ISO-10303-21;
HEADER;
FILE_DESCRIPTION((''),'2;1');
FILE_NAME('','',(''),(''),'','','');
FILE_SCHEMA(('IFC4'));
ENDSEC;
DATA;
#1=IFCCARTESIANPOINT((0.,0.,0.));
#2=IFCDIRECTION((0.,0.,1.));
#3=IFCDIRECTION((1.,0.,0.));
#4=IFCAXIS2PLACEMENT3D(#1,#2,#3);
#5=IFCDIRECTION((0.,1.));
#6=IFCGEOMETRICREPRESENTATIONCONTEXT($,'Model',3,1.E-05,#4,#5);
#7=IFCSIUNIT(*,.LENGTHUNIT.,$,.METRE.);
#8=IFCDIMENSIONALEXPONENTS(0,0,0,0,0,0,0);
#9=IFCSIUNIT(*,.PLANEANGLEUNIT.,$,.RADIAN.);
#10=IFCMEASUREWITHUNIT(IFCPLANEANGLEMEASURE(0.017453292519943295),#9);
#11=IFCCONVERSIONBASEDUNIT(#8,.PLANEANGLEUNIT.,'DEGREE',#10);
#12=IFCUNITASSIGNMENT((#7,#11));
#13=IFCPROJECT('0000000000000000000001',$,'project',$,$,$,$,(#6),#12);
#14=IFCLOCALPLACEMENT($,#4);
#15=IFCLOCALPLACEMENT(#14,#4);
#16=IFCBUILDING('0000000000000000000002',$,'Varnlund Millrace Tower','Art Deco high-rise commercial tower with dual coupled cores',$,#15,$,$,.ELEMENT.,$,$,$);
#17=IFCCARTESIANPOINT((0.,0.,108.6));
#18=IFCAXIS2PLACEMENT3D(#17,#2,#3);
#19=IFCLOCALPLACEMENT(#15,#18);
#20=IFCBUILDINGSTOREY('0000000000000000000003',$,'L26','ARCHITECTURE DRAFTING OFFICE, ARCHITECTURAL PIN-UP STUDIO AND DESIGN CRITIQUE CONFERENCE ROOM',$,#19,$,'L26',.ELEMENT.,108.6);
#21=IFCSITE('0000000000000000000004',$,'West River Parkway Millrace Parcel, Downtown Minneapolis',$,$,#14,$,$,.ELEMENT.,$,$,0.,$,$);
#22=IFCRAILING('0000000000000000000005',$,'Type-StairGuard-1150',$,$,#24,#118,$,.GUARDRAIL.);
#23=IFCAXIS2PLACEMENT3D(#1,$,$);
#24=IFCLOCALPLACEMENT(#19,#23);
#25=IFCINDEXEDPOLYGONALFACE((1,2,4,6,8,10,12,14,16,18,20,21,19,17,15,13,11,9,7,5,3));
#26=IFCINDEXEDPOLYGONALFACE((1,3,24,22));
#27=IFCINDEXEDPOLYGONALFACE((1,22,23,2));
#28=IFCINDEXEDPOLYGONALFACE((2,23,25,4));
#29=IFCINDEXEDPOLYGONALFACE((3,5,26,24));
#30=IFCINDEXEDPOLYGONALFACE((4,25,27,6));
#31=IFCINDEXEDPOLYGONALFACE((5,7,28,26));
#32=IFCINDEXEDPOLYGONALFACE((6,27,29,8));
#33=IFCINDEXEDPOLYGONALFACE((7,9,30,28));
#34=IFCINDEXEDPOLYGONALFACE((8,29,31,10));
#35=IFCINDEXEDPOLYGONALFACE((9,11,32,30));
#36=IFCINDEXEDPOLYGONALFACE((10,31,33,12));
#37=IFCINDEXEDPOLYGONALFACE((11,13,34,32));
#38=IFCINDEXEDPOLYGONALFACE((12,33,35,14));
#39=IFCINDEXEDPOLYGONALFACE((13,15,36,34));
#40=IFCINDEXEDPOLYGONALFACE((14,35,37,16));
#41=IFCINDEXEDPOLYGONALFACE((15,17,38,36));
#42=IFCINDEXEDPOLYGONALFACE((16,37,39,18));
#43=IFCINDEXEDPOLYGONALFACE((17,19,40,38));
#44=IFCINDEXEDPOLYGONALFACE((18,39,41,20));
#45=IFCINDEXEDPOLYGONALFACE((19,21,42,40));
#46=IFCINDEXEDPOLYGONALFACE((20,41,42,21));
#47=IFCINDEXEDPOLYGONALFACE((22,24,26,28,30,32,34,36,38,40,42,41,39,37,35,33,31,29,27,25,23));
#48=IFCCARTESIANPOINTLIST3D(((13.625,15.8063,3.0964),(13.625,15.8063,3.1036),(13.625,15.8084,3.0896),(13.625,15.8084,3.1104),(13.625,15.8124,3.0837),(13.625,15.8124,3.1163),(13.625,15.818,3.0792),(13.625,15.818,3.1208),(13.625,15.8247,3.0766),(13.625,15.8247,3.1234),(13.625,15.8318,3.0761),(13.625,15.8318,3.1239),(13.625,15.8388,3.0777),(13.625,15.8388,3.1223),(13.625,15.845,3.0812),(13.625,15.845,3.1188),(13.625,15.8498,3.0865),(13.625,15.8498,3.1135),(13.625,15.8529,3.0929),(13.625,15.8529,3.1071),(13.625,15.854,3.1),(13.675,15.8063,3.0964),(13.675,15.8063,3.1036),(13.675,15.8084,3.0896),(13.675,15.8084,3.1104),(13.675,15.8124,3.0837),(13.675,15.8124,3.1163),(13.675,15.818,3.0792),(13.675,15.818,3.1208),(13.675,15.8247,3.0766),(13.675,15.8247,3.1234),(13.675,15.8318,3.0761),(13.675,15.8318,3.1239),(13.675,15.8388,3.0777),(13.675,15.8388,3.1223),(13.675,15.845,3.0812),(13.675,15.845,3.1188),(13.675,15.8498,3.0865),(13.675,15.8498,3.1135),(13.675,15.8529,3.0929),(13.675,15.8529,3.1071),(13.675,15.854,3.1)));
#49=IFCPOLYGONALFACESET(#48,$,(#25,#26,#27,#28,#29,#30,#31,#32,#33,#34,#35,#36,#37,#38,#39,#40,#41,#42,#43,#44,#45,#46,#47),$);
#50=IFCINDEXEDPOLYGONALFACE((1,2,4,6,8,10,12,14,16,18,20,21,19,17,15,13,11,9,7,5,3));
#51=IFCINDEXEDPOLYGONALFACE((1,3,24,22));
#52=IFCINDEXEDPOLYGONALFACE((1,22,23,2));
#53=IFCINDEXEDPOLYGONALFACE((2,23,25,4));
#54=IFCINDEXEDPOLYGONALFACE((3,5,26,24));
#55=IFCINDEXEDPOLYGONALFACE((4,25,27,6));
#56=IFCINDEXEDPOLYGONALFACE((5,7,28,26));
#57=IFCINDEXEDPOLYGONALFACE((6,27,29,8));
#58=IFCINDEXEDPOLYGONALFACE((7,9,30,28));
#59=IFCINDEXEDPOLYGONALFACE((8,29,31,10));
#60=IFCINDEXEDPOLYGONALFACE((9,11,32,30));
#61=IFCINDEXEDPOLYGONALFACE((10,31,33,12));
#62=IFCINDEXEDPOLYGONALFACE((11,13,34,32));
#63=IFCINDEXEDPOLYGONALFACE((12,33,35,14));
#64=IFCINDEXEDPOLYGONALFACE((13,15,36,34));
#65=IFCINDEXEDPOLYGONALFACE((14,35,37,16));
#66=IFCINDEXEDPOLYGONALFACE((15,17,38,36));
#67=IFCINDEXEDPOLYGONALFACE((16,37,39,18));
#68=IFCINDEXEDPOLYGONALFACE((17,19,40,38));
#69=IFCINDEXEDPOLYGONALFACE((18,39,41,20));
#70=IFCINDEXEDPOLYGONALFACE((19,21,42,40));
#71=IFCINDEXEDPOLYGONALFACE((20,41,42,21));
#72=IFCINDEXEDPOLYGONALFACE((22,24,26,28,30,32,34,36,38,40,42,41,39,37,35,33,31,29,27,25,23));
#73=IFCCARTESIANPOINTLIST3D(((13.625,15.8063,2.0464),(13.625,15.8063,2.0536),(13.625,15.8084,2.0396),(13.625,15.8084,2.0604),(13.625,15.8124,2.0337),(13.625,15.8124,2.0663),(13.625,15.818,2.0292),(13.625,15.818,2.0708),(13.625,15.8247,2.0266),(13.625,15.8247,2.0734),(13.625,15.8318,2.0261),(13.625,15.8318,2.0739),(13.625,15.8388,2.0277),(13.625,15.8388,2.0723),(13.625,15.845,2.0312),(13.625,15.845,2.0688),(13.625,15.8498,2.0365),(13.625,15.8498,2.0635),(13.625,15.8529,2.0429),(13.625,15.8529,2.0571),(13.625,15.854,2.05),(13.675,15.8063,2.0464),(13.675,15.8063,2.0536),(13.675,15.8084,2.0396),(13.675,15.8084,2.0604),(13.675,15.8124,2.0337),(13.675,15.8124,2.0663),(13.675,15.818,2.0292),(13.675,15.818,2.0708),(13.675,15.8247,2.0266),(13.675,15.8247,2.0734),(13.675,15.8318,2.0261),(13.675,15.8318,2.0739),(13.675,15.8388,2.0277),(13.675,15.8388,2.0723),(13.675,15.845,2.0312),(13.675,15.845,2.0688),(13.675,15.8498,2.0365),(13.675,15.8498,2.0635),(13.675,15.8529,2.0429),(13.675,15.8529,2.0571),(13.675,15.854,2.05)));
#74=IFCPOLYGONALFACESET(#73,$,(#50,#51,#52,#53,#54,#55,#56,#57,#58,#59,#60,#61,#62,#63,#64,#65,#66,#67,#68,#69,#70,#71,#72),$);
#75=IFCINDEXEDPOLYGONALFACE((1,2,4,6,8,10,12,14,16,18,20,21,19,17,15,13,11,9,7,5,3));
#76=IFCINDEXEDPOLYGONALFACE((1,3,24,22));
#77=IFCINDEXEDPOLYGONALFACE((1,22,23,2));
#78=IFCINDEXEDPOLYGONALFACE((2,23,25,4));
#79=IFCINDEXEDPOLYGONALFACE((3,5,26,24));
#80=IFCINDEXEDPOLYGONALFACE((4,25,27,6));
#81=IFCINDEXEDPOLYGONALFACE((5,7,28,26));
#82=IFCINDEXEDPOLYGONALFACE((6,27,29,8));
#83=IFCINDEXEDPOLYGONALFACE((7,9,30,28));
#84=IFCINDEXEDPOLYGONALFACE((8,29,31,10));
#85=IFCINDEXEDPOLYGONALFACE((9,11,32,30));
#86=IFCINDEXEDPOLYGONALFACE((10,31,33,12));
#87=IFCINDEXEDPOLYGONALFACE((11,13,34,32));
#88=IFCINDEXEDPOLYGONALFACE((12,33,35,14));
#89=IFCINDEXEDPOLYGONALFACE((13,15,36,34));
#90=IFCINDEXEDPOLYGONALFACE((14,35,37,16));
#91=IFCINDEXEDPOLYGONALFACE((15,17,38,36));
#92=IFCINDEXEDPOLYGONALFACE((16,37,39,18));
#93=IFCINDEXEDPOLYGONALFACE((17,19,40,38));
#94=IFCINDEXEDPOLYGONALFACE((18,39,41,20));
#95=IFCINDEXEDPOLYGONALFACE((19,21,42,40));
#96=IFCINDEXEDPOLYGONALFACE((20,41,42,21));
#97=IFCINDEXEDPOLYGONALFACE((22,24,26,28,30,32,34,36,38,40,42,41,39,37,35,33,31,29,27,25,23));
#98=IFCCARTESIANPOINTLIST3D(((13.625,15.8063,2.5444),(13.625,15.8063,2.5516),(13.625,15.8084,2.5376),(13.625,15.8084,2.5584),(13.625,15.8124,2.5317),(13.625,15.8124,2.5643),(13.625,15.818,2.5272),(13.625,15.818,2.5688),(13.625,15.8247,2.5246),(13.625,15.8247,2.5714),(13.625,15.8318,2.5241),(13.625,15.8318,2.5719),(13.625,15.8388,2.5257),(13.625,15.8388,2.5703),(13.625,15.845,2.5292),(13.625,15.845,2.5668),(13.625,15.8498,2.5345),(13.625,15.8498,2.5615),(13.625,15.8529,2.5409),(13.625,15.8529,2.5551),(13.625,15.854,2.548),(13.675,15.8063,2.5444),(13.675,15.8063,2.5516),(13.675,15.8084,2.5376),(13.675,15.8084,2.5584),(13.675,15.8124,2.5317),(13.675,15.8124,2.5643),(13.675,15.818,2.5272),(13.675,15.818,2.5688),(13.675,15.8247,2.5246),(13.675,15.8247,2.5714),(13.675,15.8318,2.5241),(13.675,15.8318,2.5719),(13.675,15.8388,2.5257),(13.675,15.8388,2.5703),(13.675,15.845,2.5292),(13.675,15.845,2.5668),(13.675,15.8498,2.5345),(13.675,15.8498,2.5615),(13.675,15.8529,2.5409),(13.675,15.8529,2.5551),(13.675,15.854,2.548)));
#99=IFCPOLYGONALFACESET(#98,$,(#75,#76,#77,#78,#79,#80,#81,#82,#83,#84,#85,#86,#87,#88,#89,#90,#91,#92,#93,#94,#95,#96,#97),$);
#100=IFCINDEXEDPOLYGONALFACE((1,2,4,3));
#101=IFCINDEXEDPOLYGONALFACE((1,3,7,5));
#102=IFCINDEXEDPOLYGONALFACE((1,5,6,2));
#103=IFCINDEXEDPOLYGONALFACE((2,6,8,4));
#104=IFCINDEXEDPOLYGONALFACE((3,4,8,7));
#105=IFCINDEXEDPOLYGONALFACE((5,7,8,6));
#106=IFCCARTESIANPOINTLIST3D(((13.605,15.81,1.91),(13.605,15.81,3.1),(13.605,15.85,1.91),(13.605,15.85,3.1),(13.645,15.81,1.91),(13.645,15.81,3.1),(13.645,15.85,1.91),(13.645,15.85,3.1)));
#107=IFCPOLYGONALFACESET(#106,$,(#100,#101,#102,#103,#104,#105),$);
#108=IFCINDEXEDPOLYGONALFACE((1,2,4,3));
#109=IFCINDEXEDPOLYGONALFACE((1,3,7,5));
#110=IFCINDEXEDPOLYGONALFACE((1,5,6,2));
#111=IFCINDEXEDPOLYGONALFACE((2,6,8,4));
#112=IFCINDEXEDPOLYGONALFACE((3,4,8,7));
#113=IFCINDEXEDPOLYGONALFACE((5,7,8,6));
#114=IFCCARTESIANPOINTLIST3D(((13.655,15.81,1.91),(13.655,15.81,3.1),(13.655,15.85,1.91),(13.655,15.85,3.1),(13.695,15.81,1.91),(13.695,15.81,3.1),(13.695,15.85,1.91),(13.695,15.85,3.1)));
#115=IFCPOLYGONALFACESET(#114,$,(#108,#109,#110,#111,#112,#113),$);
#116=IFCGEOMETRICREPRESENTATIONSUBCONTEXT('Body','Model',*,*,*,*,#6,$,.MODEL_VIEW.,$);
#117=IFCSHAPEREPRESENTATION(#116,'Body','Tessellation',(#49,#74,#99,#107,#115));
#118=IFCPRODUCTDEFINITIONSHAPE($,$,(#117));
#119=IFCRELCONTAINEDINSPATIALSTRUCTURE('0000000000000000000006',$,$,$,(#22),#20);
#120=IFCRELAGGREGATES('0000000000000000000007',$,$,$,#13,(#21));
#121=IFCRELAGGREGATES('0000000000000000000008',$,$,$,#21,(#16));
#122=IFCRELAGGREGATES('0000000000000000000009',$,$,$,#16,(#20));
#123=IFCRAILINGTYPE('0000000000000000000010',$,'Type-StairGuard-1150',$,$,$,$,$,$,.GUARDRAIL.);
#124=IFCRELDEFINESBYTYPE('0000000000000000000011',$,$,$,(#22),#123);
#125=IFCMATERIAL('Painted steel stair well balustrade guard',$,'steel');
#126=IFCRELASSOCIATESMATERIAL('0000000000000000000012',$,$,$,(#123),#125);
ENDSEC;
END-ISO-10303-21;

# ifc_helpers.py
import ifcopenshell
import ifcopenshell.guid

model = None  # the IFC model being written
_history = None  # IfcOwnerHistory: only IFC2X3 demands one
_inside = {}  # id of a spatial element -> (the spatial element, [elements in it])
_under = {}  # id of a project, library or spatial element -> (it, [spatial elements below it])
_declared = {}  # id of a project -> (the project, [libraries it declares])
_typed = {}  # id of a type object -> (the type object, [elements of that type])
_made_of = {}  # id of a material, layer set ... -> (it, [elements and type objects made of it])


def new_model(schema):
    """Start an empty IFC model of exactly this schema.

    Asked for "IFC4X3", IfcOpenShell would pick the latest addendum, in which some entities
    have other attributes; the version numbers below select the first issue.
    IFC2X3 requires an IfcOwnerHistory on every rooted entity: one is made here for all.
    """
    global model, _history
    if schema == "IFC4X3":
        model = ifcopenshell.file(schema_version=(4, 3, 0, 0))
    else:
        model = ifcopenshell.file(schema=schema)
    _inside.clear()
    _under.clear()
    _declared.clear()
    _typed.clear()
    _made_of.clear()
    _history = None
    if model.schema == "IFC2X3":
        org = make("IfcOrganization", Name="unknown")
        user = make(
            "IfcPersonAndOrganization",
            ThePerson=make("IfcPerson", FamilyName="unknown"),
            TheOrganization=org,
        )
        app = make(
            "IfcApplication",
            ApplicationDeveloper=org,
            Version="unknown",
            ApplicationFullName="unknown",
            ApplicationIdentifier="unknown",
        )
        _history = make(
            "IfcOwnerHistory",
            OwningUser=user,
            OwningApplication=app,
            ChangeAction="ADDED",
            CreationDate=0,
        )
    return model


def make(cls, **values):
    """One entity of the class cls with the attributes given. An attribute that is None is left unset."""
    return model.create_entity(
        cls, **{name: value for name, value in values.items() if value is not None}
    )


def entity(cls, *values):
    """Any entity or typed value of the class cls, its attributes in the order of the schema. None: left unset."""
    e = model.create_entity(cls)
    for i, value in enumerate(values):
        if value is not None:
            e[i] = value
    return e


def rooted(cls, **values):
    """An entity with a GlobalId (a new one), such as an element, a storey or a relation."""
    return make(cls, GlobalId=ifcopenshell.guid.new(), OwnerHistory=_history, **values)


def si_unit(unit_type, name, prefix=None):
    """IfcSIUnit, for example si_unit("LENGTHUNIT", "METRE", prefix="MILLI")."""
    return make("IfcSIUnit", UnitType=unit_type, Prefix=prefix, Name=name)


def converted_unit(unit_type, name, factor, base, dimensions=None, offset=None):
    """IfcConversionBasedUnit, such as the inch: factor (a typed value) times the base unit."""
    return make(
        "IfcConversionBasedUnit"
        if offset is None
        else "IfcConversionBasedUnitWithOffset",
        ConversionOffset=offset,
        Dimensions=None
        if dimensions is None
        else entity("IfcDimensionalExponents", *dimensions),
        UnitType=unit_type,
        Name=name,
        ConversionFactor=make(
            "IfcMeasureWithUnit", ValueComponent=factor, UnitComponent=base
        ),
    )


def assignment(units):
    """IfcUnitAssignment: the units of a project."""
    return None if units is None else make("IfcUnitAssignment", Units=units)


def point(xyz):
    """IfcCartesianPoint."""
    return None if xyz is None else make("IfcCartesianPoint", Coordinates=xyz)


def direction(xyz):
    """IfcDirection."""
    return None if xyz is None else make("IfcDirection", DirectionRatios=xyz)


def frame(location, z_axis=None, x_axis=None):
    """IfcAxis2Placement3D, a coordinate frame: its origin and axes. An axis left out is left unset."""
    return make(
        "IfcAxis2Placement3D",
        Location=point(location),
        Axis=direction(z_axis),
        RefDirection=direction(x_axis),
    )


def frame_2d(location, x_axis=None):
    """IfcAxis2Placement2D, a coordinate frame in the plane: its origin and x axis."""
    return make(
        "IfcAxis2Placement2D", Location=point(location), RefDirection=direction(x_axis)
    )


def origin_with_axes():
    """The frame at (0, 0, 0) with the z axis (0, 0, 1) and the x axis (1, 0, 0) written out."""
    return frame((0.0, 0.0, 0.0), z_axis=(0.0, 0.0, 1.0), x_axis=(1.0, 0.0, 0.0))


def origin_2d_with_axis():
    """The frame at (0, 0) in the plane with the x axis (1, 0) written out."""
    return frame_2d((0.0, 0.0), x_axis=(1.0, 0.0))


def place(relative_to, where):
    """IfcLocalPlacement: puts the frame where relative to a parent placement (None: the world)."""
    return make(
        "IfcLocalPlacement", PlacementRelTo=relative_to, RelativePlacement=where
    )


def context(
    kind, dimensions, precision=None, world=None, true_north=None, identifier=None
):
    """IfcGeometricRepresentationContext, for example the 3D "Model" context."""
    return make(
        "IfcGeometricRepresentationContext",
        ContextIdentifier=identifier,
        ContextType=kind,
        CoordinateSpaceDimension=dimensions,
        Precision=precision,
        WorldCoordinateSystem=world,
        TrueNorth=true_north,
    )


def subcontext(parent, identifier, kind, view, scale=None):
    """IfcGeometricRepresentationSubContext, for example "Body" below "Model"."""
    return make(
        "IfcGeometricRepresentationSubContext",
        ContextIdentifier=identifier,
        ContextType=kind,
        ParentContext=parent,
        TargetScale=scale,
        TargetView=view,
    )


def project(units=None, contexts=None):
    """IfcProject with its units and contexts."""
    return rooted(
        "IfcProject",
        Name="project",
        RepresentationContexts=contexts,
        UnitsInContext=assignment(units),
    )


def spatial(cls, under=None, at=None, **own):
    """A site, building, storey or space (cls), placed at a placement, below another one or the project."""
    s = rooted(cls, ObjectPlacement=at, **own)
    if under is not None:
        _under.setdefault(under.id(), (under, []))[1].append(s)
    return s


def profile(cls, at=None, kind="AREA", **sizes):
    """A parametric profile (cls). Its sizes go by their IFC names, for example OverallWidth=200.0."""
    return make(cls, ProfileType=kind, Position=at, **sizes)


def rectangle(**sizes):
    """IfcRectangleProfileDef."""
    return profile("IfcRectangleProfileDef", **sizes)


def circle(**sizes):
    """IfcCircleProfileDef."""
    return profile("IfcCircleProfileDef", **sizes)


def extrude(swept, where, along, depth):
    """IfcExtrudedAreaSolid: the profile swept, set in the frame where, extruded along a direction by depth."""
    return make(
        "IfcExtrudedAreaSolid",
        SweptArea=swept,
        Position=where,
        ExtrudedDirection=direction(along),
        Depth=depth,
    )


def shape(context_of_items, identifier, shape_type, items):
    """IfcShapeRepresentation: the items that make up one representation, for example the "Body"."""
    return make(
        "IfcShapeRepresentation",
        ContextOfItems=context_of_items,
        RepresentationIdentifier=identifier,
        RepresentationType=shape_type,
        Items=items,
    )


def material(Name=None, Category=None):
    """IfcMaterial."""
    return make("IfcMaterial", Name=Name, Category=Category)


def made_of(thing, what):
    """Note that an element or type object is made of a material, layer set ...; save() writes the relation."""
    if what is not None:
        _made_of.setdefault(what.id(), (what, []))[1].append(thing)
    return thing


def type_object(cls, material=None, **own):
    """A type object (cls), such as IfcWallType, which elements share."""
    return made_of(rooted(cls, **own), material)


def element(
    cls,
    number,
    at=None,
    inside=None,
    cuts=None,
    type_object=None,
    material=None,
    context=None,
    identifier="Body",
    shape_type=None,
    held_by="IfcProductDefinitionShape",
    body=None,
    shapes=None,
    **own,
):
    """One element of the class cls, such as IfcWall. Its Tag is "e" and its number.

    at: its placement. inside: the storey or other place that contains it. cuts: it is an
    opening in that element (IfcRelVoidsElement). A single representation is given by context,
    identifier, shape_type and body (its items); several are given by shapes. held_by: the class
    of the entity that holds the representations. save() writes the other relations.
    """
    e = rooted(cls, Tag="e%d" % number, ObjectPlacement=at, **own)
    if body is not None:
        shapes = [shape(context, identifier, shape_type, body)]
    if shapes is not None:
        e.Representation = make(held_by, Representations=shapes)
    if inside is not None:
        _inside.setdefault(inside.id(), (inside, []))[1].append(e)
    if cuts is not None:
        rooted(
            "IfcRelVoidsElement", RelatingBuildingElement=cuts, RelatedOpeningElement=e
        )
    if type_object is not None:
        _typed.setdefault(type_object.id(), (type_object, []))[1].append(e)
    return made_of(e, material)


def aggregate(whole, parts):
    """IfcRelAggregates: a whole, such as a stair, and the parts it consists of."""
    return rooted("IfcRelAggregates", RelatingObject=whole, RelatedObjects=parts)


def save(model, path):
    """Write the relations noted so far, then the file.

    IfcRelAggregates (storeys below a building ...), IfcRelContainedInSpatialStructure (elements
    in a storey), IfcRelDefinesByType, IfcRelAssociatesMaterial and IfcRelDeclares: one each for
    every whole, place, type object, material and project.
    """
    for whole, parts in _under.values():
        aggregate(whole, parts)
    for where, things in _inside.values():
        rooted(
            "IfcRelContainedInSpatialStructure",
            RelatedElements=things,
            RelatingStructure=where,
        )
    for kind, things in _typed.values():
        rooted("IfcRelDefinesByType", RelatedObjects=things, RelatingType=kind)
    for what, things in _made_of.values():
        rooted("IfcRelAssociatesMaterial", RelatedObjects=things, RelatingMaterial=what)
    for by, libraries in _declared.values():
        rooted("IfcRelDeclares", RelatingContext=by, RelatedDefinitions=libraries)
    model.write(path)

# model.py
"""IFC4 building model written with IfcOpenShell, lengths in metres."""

from ifc_helpers import new_model, entity, si_unit, converted_unit, direction, frame, origin_with_axes, origin_2d_with_axis, place, context, subcontext, project, spatial, rectangle, circle, extrude, material, type_object, element, save


model = new_model("IFC4")

# Units and contexts
model_context = context("Model", 3, precision=1e-05, world=origin_with_axes(), true_north=direction((0.0, 1.0)))
body_context = subcontext(model_context, "Body", "Model", "MODEL_VIEW")
ifc_project = project(units=[si_unit("LENGTHUNIT", "METRE"), converted_unit("PLANEANGLEUNIT", "DEGREE", entity("IfcPlaneAngleMeasure", 0.017453292519943295), si_unit("PLANEANGLEUNIT", "RADIAN"), dimensions=[0, 0, 0, 0, 0, 0, 0])], contexts=[model_context])

# Site, building, storey
site_placement = place(None, origin_with_axes())
site = spatial("IfcSite", under=ifc_project, at=site_placement, Name="West River Parkway Millrace Parcel, Downtown Minneapolis", CompositionType="ELEMENT", RefElevation=0.0)
building_placement = place(site_placement, origin_with_axes())
building = spatial("IfcBuilding", under=site, at=building_placement, Name="Varnlund Millrace Tower", Description="Art Deco high-rise commercial tower with dual coupled cores", CompositionType="ELEMENT")
storey_placement = place(building_placement, frame((0.0, 0.0, 108.6), z_axis=(0.0, 0.0, 1.0), x_axis=(1.0, 0.0, 0.0)))
storey = spatial("IfcBuildingStorey", under=building, at=storey_placement, Name="L26", Description="ARCHITECTURE DRAFTING OFFICE, ARCHITECTURAL PIN-UP STUDIO AND DESIGN CRITIQUE CONFERENCE ROOM", LongName="L26", CompositionType="ELEMENT", Elevation=108.6)

# Railing
ifc_material_1 = material(Name="Painted steel stair well balustrade guard", Category="steel")
railing_type_1 = type_object("IfcRailingType", Name="Type-StairGuard-1150", PredefinedType="GUARDRAIL", material=ifc_material_1)
railing_1_placement = place(storey_placement, frame((0.0, 0.0, -108.6), z_axis=(0.0, 0.0, 1.0), x_axis=(1.0, 0.0, 0.0)))
element("IfcRailing", 1, at=railing_1_placement, inside=storey, type_object=railing_type_1, Name="Type-StairGuard-1150", PredefinedType="GUARDRAIL", context=body_context, shape_type="SweptSolid", body=[
    extrude(circle(Radius=0.024, at=origin_2d_with_axis()), frame((13.625, 15.83, 111.7), z_axis=(1.0, 0.0, 0.0), x_axis=(0.0, 1.0, 0.0)), (0.0, 0.0, 1.0), 0.05),
    extrude(circle(Radius=0.024, at=origin_2d_with_axis()), frame((13.625, 15.83, 110.65), z_axis=(1.0, 0.0, 0.0), x_axis=(0.0, 1.0, 0.0)), (0.0, 0.0, 1.0), 0.05),
    extrude(circle(Radius=0.024, at=origin_2d_with_axis()), frame((13.625, 15.83, 111.148), z_axis=(1.0, 0.0, 0.0), x_axis=(0.0, 1.0, 0.0)), (0.0, 0.0, 1.0), 0.05),
    extrude(rectangle(XDim=0.04, YDim=0.04, at=origin_2d_with_axis()), frame((13.625, 15.83, 110.51), z_axis=(0.0, 0.0, 1.0), x_axis=(1.0, 0.0, 0.0)), (0.0, 0.0, 1.0), 1.19),
    extrude(rectangle(XDim=0.04, YDim=0.04, at=origin_2d_with_axis()), frame((13.675, 15.83, 110.51), z_axis=(0.0, 0.0, 1.0), x_axis=(1.0, 0.0, 0.0)), (0.0, 0.0, 1.0), 1.19),
])

save(model, "model.ifc")
